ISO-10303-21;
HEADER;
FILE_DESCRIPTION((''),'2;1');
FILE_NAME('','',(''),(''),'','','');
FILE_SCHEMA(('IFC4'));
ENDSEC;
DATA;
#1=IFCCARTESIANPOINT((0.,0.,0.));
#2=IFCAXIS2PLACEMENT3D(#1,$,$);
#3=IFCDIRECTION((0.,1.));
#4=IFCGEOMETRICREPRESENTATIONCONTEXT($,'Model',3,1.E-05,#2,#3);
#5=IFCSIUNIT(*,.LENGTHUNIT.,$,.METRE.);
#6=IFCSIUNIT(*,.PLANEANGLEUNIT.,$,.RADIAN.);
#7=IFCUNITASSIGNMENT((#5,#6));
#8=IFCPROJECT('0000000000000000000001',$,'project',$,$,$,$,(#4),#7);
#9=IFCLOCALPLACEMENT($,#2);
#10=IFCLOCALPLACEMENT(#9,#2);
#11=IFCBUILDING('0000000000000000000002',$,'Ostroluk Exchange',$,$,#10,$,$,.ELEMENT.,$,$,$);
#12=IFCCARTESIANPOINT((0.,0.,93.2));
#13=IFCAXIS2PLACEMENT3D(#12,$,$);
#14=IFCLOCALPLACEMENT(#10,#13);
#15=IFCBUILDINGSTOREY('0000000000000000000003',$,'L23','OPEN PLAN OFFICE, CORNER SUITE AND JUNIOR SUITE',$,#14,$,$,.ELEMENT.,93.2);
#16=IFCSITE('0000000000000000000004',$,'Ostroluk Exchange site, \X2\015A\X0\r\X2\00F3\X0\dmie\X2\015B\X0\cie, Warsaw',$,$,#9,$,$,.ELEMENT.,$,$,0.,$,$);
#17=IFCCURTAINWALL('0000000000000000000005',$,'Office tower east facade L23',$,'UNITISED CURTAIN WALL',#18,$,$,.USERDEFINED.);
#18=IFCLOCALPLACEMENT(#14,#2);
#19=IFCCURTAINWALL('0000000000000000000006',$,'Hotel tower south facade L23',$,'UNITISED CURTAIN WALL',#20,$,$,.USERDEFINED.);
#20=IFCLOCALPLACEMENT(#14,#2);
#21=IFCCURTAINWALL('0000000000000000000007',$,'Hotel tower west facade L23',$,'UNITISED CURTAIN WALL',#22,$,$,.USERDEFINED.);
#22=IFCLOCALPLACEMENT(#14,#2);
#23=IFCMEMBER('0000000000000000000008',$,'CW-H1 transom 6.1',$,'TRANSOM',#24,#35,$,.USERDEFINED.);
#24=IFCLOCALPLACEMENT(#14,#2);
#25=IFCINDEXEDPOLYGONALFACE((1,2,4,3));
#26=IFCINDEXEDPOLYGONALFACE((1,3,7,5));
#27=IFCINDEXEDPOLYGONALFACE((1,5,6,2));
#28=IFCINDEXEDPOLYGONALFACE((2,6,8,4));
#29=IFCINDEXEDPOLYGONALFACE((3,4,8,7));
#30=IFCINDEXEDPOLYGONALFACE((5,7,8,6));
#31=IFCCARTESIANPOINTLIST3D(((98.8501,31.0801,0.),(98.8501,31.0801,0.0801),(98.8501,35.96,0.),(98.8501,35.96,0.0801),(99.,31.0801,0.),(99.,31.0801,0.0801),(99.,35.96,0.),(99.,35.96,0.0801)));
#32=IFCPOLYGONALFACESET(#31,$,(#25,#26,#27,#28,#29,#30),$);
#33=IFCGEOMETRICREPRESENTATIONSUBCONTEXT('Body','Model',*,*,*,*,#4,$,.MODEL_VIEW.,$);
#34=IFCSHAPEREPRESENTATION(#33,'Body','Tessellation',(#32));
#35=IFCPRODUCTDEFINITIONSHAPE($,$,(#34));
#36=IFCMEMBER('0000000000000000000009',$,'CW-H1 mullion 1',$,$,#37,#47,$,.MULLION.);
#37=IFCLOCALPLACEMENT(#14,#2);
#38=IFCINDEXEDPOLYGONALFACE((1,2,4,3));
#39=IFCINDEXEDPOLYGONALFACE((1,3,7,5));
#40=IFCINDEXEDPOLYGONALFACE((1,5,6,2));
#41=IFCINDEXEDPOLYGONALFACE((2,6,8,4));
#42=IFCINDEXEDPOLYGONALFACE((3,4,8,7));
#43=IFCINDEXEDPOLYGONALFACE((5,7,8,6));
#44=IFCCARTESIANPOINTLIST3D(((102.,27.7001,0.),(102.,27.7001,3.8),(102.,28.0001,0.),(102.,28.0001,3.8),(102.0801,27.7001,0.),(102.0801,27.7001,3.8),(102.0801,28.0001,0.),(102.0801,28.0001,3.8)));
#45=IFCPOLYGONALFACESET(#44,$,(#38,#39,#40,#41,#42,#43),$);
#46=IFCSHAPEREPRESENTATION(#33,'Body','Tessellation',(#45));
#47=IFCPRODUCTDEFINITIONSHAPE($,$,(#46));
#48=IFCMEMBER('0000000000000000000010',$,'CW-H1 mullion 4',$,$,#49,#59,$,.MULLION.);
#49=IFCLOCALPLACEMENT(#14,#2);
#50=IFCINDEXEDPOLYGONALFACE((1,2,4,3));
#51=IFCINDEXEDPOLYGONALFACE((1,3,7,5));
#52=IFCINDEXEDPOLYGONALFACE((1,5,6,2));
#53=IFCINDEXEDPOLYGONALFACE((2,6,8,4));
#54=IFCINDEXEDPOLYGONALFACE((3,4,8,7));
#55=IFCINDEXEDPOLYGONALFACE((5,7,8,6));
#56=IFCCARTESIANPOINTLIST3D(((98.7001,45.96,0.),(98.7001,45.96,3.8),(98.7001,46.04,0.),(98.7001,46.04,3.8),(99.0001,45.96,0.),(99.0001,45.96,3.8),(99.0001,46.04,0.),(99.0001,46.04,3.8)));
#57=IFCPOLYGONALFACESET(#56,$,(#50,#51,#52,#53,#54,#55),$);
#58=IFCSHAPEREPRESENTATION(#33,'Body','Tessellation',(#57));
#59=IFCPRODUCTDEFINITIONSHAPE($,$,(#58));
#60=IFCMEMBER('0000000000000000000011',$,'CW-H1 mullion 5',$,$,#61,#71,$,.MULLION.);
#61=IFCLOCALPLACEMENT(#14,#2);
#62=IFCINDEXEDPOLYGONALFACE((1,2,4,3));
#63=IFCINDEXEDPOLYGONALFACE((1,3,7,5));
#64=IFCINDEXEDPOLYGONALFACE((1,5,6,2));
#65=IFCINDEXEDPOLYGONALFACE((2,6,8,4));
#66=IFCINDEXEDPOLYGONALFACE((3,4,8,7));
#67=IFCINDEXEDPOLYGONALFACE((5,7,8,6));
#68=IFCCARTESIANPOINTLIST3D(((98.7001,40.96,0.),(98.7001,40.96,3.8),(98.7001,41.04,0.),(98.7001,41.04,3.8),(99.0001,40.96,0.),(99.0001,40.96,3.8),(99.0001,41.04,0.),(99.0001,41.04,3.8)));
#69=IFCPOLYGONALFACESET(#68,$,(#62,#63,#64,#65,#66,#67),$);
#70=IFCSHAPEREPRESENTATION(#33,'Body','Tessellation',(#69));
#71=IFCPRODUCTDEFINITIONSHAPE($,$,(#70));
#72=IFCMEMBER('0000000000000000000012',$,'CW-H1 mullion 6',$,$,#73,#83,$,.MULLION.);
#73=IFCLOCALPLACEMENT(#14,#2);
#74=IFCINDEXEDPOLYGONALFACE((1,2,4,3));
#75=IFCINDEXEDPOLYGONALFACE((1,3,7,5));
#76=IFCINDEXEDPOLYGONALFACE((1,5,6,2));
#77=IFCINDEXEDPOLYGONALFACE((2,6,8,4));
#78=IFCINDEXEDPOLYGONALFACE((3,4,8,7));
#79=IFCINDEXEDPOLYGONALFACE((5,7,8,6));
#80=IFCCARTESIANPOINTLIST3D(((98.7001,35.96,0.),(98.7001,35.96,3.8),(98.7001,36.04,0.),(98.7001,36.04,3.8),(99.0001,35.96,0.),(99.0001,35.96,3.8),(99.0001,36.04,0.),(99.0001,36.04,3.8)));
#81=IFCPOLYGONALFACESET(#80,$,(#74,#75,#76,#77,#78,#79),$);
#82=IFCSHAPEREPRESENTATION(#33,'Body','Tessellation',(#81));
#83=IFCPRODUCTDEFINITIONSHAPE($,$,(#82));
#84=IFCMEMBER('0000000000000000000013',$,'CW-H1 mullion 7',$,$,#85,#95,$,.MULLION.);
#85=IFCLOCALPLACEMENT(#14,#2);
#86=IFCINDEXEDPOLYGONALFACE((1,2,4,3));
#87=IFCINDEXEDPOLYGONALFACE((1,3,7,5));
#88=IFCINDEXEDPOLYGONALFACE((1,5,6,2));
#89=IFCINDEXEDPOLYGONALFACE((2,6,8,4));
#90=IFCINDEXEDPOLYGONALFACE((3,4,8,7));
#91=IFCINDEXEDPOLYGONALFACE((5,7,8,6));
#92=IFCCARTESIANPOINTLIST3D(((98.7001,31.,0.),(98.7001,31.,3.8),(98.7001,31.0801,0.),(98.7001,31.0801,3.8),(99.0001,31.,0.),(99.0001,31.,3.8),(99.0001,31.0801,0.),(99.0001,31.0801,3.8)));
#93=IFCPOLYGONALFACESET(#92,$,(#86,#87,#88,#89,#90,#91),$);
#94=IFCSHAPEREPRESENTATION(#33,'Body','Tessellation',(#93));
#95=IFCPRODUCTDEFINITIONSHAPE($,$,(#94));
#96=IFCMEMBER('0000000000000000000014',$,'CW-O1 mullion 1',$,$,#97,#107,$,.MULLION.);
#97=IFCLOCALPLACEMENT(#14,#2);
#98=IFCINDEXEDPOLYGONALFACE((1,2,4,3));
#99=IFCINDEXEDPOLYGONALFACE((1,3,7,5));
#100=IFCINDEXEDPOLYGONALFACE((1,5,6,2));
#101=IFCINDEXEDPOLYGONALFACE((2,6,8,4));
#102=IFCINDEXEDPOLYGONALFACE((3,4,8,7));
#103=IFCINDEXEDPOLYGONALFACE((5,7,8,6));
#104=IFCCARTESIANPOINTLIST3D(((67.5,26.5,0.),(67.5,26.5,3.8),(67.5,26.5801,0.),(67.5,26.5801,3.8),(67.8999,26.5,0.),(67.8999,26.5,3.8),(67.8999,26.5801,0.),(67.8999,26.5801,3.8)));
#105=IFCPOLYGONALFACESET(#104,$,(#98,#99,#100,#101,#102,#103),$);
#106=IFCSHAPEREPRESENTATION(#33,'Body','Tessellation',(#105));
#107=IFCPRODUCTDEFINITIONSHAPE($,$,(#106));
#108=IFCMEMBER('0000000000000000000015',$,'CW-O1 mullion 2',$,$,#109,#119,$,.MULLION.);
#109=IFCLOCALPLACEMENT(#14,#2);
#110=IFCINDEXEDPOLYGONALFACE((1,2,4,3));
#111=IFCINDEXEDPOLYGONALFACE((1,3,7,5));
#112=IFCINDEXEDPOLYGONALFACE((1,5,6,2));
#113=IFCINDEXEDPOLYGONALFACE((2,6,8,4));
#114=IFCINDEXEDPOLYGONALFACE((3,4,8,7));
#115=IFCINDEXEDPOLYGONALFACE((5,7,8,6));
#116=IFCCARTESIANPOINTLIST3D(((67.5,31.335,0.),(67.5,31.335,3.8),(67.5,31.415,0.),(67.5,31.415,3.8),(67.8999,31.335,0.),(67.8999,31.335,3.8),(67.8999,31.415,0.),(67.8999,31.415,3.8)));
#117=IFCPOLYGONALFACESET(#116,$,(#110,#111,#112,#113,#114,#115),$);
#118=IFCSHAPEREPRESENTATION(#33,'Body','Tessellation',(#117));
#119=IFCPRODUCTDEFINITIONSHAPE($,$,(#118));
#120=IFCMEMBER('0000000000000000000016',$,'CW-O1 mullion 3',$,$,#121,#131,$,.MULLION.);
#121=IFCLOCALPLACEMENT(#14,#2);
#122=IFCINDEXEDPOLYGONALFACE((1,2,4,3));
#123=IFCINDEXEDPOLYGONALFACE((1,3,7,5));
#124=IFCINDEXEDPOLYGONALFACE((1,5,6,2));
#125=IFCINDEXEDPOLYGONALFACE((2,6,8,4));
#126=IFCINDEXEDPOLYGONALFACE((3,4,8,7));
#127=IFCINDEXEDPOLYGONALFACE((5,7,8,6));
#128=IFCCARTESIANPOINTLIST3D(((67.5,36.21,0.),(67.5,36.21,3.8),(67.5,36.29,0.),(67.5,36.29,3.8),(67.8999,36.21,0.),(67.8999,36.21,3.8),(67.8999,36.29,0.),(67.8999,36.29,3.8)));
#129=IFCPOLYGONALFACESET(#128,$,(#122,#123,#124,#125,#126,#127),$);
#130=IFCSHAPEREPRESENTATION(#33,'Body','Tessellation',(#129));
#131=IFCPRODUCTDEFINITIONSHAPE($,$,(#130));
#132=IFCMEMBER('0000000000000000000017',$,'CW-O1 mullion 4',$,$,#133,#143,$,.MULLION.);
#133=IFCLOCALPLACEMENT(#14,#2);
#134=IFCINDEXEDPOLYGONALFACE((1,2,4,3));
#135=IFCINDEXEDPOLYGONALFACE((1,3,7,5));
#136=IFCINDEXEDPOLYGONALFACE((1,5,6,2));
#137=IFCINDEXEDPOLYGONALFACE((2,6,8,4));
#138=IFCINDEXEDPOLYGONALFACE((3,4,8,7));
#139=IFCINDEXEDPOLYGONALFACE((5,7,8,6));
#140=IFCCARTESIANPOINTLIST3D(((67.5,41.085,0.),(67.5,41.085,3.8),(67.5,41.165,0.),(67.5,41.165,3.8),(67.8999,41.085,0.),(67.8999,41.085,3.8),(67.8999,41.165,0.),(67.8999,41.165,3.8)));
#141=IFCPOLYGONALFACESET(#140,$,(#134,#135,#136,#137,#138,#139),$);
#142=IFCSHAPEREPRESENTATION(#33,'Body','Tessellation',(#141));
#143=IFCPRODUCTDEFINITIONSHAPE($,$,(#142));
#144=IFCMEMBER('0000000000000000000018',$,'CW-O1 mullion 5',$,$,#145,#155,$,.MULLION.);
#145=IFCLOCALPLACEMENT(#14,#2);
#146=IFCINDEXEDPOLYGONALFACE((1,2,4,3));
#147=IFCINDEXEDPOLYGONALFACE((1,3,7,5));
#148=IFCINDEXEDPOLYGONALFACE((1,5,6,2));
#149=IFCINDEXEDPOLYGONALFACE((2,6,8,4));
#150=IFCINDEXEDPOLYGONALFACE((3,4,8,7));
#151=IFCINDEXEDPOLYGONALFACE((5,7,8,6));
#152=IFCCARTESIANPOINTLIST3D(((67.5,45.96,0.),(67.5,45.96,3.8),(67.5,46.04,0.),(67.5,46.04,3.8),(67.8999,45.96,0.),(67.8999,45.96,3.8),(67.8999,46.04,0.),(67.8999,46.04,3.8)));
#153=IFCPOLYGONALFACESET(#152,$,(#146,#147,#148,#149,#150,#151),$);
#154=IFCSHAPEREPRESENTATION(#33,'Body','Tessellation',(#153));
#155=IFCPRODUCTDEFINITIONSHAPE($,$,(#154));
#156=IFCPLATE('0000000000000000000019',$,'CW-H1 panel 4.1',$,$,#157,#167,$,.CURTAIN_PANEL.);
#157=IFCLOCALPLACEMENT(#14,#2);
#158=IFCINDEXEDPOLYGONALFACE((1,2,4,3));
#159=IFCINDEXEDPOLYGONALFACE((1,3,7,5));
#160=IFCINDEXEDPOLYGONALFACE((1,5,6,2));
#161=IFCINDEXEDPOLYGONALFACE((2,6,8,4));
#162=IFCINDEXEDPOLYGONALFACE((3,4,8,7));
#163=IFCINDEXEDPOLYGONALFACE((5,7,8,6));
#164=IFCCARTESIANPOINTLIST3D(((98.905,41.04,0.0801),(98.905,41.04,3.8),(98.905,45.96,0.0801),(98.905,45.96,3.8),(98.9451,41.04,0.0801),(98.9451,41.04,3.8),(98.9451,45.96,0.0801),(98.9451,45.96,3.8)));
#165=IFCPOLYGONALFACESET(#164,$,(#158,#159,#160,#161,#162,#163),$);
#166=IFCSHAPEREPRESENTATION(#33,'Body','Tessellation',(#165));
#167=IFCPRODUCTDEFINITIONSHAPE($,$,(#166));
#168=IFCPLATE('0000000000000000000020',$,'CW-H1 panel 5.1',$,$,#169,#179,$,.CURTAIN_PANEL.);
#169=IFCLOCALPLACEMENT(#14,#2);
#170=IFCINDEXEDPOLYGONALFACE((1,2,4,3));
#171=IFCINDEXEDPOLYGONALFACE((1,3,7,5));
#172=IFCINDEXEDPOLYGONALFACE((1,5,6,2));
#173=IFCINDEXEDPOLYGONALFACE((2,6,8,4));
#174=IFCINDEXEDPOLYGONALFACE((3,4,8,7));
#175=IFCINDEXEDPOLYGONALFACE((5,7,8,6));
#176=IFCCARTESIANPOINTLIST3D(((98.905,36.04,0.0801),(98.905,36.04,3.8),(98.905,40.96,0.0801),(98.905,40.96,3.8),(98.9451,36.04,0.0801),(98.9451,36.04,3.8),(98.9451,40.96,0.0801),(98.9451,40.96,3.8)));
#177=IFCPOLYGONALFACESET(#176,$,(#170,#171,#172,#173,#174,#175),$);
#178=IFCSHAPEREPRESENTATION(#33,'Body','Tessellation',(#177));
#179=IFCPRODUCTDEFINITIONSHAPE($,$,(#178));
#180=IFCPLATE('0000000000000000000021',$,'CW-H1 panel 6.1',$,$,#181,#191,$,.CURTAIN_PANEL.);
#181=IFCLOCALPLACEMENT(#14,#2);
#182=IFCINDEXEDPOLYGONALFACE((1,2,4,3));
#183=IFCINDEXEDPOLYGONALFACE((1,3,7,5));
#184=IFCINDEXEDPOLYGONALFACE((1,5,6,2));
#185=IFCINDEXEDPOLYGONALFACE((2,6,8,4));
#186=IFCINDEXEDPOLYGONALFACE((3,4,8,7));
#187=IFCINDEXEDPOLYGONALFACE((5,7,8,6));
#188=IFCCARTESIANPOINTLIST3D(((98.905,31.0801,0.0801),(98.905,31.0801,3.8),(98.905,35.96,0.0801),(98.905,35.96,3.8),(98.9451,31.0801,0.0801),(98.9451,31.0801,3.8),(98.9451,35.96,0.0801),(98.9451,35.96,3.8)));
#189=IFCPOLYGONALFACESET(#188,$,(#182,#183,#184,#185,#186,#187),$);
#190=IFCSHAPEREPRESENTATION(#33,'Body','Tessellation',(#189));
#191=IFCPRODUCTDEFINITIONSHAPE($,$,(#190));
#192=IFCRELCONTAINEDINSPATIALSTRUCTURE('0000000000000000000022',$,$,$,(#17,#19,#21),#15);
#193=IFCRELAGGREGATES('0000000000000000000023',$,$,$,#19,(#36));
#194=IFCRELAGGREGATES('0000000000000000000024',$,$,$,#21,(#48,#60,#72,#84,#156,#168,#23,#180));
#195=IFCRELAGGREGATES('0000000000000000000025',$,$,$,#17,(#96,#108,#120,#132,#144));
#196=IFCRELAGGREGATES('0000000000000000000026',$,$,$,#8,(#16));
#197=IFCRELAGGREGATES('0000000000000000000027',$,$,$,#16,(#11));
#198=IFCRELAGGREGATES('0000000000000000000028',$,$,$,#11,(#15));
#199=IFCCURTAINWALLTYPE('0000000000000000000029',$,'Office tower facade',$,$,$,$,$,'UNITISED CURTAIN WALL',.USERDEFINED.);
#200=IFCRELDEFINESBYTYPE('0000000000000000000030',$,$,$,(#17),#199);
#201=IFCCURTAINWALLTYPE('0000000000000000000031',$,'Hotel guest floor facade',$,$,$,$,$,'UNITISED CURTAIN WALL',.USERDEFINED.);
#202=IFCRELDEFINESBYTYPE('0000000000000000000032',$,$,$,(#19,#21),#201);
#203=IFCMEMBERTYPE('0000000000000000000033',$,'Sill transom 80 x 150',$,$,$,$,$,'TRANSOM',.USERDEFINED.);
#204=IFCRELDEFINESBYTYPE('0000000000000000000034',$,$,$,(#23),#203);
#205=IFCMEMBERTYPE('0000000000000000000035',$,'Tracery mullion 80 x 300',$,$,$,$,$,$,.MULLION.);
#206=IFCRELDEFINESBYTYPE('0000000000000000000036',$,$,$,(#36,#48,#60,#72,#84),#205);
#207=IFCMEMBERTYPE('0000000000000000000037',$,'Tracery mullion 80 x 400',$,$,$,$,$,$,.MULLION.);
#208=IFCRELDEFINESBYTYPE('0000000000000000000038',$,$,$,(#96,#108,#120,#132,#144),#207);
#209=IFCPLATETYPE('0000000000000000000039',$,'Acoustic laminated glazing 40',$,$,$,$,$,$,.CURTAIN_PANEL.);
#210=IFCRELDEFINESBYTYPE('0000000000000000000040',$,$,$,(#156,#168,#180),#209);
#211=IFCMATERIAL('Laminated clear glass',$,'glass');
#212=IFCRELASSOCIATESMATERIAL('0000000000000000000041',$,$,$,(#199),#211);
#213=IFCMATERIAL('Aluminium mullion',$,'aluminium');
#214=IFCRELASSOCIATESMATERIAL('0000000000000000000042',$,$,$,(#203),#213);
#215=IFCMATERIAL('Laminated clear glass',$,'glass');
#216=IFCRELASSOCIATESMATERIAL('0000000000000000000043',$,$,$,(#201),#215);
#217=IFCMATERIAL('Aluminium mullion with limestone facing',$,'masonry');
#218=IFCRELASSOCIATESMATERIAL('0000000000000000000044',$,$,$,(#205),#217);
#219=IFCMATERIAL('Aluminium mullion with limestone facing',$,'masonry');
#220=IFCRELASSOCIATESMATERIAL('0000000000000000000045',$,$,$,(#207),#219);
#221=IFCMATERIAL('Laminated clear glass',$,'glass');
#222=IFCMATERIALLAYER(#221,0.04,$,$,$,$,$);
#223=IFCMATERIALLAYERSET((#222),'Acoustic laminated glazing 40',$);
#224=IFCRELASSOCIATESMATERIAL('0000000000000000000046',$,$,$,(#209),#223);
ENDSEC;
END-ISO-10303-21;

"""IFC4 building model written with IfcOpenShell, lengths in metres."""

from ifc_helpers import new_model, si_unit, direction, frame, origin, origin_2d, place, context, subcontext, project, spatial, rectangle, extrude, material, layer, layer_set, material_profile, profile_set, type_object, element, aggregate, save


model = new_model("IFC4")

# Units and contexts
model_context = context("Model", 3, precision=1e-05, world=origin(), true_north=direction((0.0, 1.0)))
body_context = subcontext(model_context, "Body", "Model", "MODEL_VIEW")
ifc_project = project(units=[si_unit("LENGTHUNIT", "METRE"), si_unit("PLANEANGLEUNIT", "RADIAN")], contexts=[model_context])

# Site, building, storey
site_placement = place(None, origin())
site = spatial("IfcSite", under=ifc_project, at=site_placement, Name="Ostroluk Exchange site, Śródmieście, Warsaw", CompositionType="ELEMENT", RefElevation=0.0)
building_placement = place(site_placement, origin())
building = spatial("IfcBuilding", under=site, at=building_placement, Name="Ostroluk Exchange", CompositionType="ELEMENT")
storey_placement = place(building_placement, frame((0.0, 0.0, 93.2)))
storey = spatial("IfcBuildingStorey", under=building, at=storey_placement, Name="L23", Description="OPEN PLAN OFFICE, CORNER SUITE AND JUNIOR SUITE", CompositionType="ELEMENT", Elevation=93.2)

# Curtain walls
ifc_material_1 = material(Name="Laminated clear glass", Category="glass")
curtain_wall_type_1 = type_object("IfcCurtainWallType", Name="Office tower facade", ElementType="UNITISED CURTAIN WALL", PredefinedType="USERDEFINED", material=ifc_material_1)
curtain_wall_1_placement = place(storey_placement, origin())
curtain_wall_1 = element("IfcCurtainWall", 1, at=curtain_wall_1_placement, inside=storey, type_object=curtain_wall_type_1, Name="Office tower east facade L23", ObjectType="UNITISED CURTAIN WALL", PredefinedType="USERDEFINED")
ifc_material_2 = material(Name="Aluminium mullion", Category="aluminium")
ifc_material_profile_1 = material_profile(ifc_material_2, rectangle(XDim=0.1499, YDim=0.0801, at=origin_2d()), Name="Sill transom 80 x 150")
ifc_profile_set_1 = profile_set([ifc_material_profile_1], Name="Aluminium mullion")
member_type_1 = type_object("IfcMemberType", Name="Sill transom 80 x 150", ElementType="TRANSOM", PredefinedType="USERDEFINED", material=ifc_profile_set_1)
ifc_material_3 = material(Name="Laminated clear glass", Category="glass")
curtain_wall_type_2 = type_object("IfcCurtainWallType", Name="Hotel guest floor facade", ElementType="UNITISED CURTAIN WALL", PredefinedType="USERDEFINED", material=ifc_material_3)
curtain_wall_2_placement = place(storey_placement, origin())
curtain_wall_2 = element("IfcCurtainWall", 2, at=curtain_wall_2_placement, inside=storey, type_object=curtain_wall_type_2, Name="Hotel tower south facade L23", ObjectType="UNITISED CURTAIN WALL", PredefinedType="USERDEFINED")

# Curtain wall, member
curtain_wall_3_placement = place(storey_placement, origin())
curtain_wall_3 = element("IfcCurtainWall", 3, at=curtain_wall_3_placement, inside=storey, type_object=curtain_wall_type_2, Name="Hotel tower west facade L23", ObjectType="UNITISED CURTAIN WALL", PredefinedType="USERDEFINED")
member_1_placement = place(storey_placement, frame((98.925, 35.96, 0.04), z_axis=(0.0, -1.0, 0.0), x_axis=(1.0, 0.0, 0.0)))
member_1 = element("IfcMember", 4, at=member_1_placement, type_object=member_type_1, Name="CW-H1 transom 6.1", ObjectType="TRANSOM", PredefinedType="USERDEFINED", context=body_context, shape_type="SweptSolid", body=[
    extrude(rectangle(XDim=0.1499, YDim=0.0801, at=origin_2d()), origin(), (0.0, 0.0, 1.0), 4.8799),
])

# Members
ifc_material_4 = material(Name="Aluminium mullion with limestone facing", Category="masonry")
ifc_material_profile_2 = material_profile(ifc_material_4, rectangle(XDim=0.3, YDim=0.0801, at=origin_2d()), Name="Tracery mullion 80 x 300")
ifc_profile_set_2 = profile_set([ifc_material_profile_2], Name="Aluminium mullion with limestone facing")
member_type_2 = type_object("IfcMemberType", Name="Tracery mullion 80 x 300", PredefinedType="MULLION", material=ifc_profile_set_2)
member_2_placement = place(storey_placement, frame((102.04, 27.8501, 0.0), z_axis=(0.0, 0.0, 1.0), x_axis=(0.0, 1.0, 0.0)))
member_2 = element("IfcMember", 5, at=member_2_placement, type_object=member_type_2, Name="CW-H1 mullion 1", PredefinedType="MULLION", context=body_context, shape_type="SweptSolid", body=[
    extrude(rectangle(XDim=0.3, YDim=0.0801, at=origin_2d()), origin(), (0.0, 0.0, 1.0), 3.8),
])
aggregate(curtain_wall_2, [member_2])
member_3_placement = place(storey_placement, frame((98.8501, 46.0, 0.0), z_axis=(0.0, 0.0, 1.0), x_axis=(1.0, 0.0, 0.0)))
member_3 = element("IfcMember", 6, at=member_3_placement, type_object=member_type_2, Name="CW-H1 mullion 4", PredefinedType="MULLION", context=body_context, shape_type="SweptSolid", body=[
    extrude(rectangle(XDim=0.3, YDim=0.0801, at=origin_2d()), origin(), (0.0, 0.0, 1.0), 3.8),
])
member_4_placement = place(storey_placement, frame((98.8501, 41.0, 0.0), z_axis=(0.0, 0.0, 1.0), x_axis=(1.0, 0.0, 0.0)))
member_4 = element("IfcMember", 7, at=member_4_placement, type_object=member_type_2, Name="CW-H1 mullion 5", PredefinedType="MULLION", context=body_context, shape_type="SweptSolid", body=[
    extrude(rectangle(XDim=0.3, YDim=0.0801, at=origin_2d()), origin(), (0.0, 0.0, 1.0), 3.8),
])
member_5_placement = place(storey_placement, frame((98.8501, 36.0, 0.0), z_axis=(0.0, 0.0, 1.0), x_axis=(1.0, 0.0, 0.0)))
member_5 = element("IfcMember", 8, at=member_5_placement, type_object=member_type_2, Name="CW-H1 mullion 6", PredefinedType="MULLION", context=body_context, shape_type="SweptSolid", body=[
    extrude(rectangle(XDim=0.3, YDim=0.0801, at=origin_2d()), origin(), (0.0, 0.0, 1.0), 3.8),
])
member_6_placement = place(storey_placement, frame((98.8501, 31.04, 0.0), z_axis=(0.0, 0.0, 1.0), x_axis=(1.0, 0.0, 0.0)))
member_6 = element("IfcMember", 9, at=member_6_placement, type_object=member_type_2, Name="CW-H1 mullion 7", PredefinedType="MULLION", context=body_context, shape_type="SweptSolid", body=[
    extrude(rectangle(XDim=0.3, YDim=0.0801, at=origin_2d()), origin(), (0.0, 0.0, 1.0), 3.8),
])
ifc_material_5 = material(Name="Aluminium mullion with limestone facing", Category="masonry")
ifc_material_profile_3 = material_profile(ifc_material_5, rectangle(XDim=0.3999, YDim=0.0801, at=origin_2d()), Name="Tracery mullion 80 x 400")
ifc_profile_set_3 = profile_set([ifc_material_profile_3], Name="Aluminium mullion with limestone facing")
member_type_3 = type_object("IfcMemberType", Name="Tracery mullion 80 x 400", PredefinedType="MULLION", material=ifc_profile_set_3)
member_7_placement = place(storey_placement, frame((67.7, 26.54, 0.0), z_axis=(0.0, 0.0, 1.0), x_axis=(-1.0, 0.0, 0.0)))
member_7 = element("IfcMember", 10, at=member_7_placement, type_object=member_type_3, Name="CW-O1 mullion 1", PredefinedType="MULLION", context=body_context, shape_type="SweptSolid", body=[
    extrude(rectangle(XDim=0.3999, YDim=0.0801, at=origin_2d()), origin(), (0.0, 0.0, 1.0), 3.8),
])
member_8_placement = place(storey_placement, frame((67.7, 31.375, 0.0), z_axis=(0.0, 0.0, 1.0), x_axis=(-1.0, 0.0, 0.0)))
member_8 = element("IfcMember", 11, at=member_8_placement, type_object=member_type_3, Name="CW-O1 mullion 2", PredefinedType="MULLION", context=body_context, shape_type="SweptSolid", body=[
    extrude(rectangle(XDim=0.3999, YDim=0.0801, at=origin_2d()), origin(), (0.0, 0.0, 1.0), 3.8),
])
member_9_placement = place(storey_placement, frame((67.7, 36.25, 0.0), z_axis=(0.0, 0.0, 1.0), x_axis=(-1.0, 0.0, 0.0)))
member_9 = element("IfcMember", 12, at=member_9_placement, type_object=member_type_3, Name="CW-O1 mullion 3", PredefinedType="MULLION", context=body_context, shape_type="SweptSolid", body=[
    extrude(rectangle(XDim=0.3999, YDim=0.0801, at=origin_2d()), origin(), (0.0, 0.0, 1.0), 3.8),
])
member_10_placement = place(storey_placement, frame((67.7, 41.125, 0.0), z_axis=(0.0, 0.0, 1.0), x_axis=(-1.0, 0.0, 0.0)))
member_10 = element("IfcMember", 13, at=member_10_placement, type_object=member_type_3, Name="CW-O1 mullion 4", PredefinedType="MULLION", context=body_context, shape_type="SweptSolid", body=[
    extrude(rectangle(XDim=0.3999, YDim=0.0801, at=origin_2d()), origin(), (0.0, 0.0, 1.0), 3.8),
])
member_11_placement = place(storey_placement, frame((67.7, 46.0, 0.0), z_axis=(0.0, 0.0, 1.0), x_axis=(-1.0, 0.0, 0.0)))
member_11 = element("IfcMember", 14, at=member_11_placement, type_object=member_type_3, Name="CW-O1 mullion 5", PredefinedType="MULLION", context=body_context, shape_type="SweptSolid", body=[
    extrude(rectangle(XDim=0.3999, YDim=0.0801, at=origin_2d()), origin(), (0.0, 0.0, 1.0), 3.8),
])

# Plates
ifc_material_6 = material(Name="Laminated clear glass", Category="glass")
ifc_layer_1 = layer(ifc_material_6, 0.04)
ifc_layer_set_1 = layer_set([ifc_layer_1], Name="Acoustic laminated glazing 40")
plate_type_1 = type_object("IfcPlateType", Name="Acoustic laminated glazing 40", PredefinedType="CURTAIN_PANEL", material=ifc_layer_set_1)
plate_1_placement = place(storey_placement, frame((98.925, 43.5, 0.0801), z_axis=(0.0, 0.0, 1.0), x_axis=(0.0, -1.0, 0.0)))
plate_1 = element("IfcPlate", 15, at=plate_1_placement, type_object=plate_type_1, Name="CW-H1 panel 4.1", PredefinedType="CURTAIN_PANEL", context=body_context, shape_type="SweptSolid", body=[
    extrude(rectangle(XDim=4.9199, YDim=0.04, at=origin_2d()), origin(), (0.0, 0.0, 1.0), 3.72),
])
plate_2_placement = place(storey_placement, frame((98.925, 38.5, 0.0801), z_axis=(0.0, 0.0, 1.0), x_axis=(0.0, -1.0, 0.0)))
plate_2 = element("IfcPlate", 16, at=plate_2_placement, type_object=plate_type_1, Name="CW-H1 panel 5.1", PredefinedType="CURTAIN_PANEL", context=body_context, shape_type="SweptSolid", body=[
    extrude(rectangle(XDim=4.9199, YDim=0.04, at=origin_2d()), origin(), (0.0, 0.0, 1.0), 3.72),
])
plate_3_placement = place(storey_placement, frame((98.925, 33.52, 0.0801), z_axis=(0.0, 0.0, 1.0), x_axis=(0.0, -1.0, 0.0)))
plate_3 = element("IfcPlate", 17, at=plate_3_placement, type_object=plate_type_1, Name="CW-H1 panel 6.1", PredefinedType="CURTAIN_PANEL", context=body_context, shape_type="SweptSolid", body=[
    extrude(rectangle(XDim=4.8799, YDim=0.04, at=origin_2d()), origin(), (0.0, 0.0, 1.0), 3.72),
])
aggregate(curtain_wall_3, [member_3, member_4, member_5, member_6, plate_1, plate_2, member_1, plate_3])
aggregate(curtain_wall_1, [member_7, member_8, member_9, member_10, member_11])

save(model, "model.ifc")
